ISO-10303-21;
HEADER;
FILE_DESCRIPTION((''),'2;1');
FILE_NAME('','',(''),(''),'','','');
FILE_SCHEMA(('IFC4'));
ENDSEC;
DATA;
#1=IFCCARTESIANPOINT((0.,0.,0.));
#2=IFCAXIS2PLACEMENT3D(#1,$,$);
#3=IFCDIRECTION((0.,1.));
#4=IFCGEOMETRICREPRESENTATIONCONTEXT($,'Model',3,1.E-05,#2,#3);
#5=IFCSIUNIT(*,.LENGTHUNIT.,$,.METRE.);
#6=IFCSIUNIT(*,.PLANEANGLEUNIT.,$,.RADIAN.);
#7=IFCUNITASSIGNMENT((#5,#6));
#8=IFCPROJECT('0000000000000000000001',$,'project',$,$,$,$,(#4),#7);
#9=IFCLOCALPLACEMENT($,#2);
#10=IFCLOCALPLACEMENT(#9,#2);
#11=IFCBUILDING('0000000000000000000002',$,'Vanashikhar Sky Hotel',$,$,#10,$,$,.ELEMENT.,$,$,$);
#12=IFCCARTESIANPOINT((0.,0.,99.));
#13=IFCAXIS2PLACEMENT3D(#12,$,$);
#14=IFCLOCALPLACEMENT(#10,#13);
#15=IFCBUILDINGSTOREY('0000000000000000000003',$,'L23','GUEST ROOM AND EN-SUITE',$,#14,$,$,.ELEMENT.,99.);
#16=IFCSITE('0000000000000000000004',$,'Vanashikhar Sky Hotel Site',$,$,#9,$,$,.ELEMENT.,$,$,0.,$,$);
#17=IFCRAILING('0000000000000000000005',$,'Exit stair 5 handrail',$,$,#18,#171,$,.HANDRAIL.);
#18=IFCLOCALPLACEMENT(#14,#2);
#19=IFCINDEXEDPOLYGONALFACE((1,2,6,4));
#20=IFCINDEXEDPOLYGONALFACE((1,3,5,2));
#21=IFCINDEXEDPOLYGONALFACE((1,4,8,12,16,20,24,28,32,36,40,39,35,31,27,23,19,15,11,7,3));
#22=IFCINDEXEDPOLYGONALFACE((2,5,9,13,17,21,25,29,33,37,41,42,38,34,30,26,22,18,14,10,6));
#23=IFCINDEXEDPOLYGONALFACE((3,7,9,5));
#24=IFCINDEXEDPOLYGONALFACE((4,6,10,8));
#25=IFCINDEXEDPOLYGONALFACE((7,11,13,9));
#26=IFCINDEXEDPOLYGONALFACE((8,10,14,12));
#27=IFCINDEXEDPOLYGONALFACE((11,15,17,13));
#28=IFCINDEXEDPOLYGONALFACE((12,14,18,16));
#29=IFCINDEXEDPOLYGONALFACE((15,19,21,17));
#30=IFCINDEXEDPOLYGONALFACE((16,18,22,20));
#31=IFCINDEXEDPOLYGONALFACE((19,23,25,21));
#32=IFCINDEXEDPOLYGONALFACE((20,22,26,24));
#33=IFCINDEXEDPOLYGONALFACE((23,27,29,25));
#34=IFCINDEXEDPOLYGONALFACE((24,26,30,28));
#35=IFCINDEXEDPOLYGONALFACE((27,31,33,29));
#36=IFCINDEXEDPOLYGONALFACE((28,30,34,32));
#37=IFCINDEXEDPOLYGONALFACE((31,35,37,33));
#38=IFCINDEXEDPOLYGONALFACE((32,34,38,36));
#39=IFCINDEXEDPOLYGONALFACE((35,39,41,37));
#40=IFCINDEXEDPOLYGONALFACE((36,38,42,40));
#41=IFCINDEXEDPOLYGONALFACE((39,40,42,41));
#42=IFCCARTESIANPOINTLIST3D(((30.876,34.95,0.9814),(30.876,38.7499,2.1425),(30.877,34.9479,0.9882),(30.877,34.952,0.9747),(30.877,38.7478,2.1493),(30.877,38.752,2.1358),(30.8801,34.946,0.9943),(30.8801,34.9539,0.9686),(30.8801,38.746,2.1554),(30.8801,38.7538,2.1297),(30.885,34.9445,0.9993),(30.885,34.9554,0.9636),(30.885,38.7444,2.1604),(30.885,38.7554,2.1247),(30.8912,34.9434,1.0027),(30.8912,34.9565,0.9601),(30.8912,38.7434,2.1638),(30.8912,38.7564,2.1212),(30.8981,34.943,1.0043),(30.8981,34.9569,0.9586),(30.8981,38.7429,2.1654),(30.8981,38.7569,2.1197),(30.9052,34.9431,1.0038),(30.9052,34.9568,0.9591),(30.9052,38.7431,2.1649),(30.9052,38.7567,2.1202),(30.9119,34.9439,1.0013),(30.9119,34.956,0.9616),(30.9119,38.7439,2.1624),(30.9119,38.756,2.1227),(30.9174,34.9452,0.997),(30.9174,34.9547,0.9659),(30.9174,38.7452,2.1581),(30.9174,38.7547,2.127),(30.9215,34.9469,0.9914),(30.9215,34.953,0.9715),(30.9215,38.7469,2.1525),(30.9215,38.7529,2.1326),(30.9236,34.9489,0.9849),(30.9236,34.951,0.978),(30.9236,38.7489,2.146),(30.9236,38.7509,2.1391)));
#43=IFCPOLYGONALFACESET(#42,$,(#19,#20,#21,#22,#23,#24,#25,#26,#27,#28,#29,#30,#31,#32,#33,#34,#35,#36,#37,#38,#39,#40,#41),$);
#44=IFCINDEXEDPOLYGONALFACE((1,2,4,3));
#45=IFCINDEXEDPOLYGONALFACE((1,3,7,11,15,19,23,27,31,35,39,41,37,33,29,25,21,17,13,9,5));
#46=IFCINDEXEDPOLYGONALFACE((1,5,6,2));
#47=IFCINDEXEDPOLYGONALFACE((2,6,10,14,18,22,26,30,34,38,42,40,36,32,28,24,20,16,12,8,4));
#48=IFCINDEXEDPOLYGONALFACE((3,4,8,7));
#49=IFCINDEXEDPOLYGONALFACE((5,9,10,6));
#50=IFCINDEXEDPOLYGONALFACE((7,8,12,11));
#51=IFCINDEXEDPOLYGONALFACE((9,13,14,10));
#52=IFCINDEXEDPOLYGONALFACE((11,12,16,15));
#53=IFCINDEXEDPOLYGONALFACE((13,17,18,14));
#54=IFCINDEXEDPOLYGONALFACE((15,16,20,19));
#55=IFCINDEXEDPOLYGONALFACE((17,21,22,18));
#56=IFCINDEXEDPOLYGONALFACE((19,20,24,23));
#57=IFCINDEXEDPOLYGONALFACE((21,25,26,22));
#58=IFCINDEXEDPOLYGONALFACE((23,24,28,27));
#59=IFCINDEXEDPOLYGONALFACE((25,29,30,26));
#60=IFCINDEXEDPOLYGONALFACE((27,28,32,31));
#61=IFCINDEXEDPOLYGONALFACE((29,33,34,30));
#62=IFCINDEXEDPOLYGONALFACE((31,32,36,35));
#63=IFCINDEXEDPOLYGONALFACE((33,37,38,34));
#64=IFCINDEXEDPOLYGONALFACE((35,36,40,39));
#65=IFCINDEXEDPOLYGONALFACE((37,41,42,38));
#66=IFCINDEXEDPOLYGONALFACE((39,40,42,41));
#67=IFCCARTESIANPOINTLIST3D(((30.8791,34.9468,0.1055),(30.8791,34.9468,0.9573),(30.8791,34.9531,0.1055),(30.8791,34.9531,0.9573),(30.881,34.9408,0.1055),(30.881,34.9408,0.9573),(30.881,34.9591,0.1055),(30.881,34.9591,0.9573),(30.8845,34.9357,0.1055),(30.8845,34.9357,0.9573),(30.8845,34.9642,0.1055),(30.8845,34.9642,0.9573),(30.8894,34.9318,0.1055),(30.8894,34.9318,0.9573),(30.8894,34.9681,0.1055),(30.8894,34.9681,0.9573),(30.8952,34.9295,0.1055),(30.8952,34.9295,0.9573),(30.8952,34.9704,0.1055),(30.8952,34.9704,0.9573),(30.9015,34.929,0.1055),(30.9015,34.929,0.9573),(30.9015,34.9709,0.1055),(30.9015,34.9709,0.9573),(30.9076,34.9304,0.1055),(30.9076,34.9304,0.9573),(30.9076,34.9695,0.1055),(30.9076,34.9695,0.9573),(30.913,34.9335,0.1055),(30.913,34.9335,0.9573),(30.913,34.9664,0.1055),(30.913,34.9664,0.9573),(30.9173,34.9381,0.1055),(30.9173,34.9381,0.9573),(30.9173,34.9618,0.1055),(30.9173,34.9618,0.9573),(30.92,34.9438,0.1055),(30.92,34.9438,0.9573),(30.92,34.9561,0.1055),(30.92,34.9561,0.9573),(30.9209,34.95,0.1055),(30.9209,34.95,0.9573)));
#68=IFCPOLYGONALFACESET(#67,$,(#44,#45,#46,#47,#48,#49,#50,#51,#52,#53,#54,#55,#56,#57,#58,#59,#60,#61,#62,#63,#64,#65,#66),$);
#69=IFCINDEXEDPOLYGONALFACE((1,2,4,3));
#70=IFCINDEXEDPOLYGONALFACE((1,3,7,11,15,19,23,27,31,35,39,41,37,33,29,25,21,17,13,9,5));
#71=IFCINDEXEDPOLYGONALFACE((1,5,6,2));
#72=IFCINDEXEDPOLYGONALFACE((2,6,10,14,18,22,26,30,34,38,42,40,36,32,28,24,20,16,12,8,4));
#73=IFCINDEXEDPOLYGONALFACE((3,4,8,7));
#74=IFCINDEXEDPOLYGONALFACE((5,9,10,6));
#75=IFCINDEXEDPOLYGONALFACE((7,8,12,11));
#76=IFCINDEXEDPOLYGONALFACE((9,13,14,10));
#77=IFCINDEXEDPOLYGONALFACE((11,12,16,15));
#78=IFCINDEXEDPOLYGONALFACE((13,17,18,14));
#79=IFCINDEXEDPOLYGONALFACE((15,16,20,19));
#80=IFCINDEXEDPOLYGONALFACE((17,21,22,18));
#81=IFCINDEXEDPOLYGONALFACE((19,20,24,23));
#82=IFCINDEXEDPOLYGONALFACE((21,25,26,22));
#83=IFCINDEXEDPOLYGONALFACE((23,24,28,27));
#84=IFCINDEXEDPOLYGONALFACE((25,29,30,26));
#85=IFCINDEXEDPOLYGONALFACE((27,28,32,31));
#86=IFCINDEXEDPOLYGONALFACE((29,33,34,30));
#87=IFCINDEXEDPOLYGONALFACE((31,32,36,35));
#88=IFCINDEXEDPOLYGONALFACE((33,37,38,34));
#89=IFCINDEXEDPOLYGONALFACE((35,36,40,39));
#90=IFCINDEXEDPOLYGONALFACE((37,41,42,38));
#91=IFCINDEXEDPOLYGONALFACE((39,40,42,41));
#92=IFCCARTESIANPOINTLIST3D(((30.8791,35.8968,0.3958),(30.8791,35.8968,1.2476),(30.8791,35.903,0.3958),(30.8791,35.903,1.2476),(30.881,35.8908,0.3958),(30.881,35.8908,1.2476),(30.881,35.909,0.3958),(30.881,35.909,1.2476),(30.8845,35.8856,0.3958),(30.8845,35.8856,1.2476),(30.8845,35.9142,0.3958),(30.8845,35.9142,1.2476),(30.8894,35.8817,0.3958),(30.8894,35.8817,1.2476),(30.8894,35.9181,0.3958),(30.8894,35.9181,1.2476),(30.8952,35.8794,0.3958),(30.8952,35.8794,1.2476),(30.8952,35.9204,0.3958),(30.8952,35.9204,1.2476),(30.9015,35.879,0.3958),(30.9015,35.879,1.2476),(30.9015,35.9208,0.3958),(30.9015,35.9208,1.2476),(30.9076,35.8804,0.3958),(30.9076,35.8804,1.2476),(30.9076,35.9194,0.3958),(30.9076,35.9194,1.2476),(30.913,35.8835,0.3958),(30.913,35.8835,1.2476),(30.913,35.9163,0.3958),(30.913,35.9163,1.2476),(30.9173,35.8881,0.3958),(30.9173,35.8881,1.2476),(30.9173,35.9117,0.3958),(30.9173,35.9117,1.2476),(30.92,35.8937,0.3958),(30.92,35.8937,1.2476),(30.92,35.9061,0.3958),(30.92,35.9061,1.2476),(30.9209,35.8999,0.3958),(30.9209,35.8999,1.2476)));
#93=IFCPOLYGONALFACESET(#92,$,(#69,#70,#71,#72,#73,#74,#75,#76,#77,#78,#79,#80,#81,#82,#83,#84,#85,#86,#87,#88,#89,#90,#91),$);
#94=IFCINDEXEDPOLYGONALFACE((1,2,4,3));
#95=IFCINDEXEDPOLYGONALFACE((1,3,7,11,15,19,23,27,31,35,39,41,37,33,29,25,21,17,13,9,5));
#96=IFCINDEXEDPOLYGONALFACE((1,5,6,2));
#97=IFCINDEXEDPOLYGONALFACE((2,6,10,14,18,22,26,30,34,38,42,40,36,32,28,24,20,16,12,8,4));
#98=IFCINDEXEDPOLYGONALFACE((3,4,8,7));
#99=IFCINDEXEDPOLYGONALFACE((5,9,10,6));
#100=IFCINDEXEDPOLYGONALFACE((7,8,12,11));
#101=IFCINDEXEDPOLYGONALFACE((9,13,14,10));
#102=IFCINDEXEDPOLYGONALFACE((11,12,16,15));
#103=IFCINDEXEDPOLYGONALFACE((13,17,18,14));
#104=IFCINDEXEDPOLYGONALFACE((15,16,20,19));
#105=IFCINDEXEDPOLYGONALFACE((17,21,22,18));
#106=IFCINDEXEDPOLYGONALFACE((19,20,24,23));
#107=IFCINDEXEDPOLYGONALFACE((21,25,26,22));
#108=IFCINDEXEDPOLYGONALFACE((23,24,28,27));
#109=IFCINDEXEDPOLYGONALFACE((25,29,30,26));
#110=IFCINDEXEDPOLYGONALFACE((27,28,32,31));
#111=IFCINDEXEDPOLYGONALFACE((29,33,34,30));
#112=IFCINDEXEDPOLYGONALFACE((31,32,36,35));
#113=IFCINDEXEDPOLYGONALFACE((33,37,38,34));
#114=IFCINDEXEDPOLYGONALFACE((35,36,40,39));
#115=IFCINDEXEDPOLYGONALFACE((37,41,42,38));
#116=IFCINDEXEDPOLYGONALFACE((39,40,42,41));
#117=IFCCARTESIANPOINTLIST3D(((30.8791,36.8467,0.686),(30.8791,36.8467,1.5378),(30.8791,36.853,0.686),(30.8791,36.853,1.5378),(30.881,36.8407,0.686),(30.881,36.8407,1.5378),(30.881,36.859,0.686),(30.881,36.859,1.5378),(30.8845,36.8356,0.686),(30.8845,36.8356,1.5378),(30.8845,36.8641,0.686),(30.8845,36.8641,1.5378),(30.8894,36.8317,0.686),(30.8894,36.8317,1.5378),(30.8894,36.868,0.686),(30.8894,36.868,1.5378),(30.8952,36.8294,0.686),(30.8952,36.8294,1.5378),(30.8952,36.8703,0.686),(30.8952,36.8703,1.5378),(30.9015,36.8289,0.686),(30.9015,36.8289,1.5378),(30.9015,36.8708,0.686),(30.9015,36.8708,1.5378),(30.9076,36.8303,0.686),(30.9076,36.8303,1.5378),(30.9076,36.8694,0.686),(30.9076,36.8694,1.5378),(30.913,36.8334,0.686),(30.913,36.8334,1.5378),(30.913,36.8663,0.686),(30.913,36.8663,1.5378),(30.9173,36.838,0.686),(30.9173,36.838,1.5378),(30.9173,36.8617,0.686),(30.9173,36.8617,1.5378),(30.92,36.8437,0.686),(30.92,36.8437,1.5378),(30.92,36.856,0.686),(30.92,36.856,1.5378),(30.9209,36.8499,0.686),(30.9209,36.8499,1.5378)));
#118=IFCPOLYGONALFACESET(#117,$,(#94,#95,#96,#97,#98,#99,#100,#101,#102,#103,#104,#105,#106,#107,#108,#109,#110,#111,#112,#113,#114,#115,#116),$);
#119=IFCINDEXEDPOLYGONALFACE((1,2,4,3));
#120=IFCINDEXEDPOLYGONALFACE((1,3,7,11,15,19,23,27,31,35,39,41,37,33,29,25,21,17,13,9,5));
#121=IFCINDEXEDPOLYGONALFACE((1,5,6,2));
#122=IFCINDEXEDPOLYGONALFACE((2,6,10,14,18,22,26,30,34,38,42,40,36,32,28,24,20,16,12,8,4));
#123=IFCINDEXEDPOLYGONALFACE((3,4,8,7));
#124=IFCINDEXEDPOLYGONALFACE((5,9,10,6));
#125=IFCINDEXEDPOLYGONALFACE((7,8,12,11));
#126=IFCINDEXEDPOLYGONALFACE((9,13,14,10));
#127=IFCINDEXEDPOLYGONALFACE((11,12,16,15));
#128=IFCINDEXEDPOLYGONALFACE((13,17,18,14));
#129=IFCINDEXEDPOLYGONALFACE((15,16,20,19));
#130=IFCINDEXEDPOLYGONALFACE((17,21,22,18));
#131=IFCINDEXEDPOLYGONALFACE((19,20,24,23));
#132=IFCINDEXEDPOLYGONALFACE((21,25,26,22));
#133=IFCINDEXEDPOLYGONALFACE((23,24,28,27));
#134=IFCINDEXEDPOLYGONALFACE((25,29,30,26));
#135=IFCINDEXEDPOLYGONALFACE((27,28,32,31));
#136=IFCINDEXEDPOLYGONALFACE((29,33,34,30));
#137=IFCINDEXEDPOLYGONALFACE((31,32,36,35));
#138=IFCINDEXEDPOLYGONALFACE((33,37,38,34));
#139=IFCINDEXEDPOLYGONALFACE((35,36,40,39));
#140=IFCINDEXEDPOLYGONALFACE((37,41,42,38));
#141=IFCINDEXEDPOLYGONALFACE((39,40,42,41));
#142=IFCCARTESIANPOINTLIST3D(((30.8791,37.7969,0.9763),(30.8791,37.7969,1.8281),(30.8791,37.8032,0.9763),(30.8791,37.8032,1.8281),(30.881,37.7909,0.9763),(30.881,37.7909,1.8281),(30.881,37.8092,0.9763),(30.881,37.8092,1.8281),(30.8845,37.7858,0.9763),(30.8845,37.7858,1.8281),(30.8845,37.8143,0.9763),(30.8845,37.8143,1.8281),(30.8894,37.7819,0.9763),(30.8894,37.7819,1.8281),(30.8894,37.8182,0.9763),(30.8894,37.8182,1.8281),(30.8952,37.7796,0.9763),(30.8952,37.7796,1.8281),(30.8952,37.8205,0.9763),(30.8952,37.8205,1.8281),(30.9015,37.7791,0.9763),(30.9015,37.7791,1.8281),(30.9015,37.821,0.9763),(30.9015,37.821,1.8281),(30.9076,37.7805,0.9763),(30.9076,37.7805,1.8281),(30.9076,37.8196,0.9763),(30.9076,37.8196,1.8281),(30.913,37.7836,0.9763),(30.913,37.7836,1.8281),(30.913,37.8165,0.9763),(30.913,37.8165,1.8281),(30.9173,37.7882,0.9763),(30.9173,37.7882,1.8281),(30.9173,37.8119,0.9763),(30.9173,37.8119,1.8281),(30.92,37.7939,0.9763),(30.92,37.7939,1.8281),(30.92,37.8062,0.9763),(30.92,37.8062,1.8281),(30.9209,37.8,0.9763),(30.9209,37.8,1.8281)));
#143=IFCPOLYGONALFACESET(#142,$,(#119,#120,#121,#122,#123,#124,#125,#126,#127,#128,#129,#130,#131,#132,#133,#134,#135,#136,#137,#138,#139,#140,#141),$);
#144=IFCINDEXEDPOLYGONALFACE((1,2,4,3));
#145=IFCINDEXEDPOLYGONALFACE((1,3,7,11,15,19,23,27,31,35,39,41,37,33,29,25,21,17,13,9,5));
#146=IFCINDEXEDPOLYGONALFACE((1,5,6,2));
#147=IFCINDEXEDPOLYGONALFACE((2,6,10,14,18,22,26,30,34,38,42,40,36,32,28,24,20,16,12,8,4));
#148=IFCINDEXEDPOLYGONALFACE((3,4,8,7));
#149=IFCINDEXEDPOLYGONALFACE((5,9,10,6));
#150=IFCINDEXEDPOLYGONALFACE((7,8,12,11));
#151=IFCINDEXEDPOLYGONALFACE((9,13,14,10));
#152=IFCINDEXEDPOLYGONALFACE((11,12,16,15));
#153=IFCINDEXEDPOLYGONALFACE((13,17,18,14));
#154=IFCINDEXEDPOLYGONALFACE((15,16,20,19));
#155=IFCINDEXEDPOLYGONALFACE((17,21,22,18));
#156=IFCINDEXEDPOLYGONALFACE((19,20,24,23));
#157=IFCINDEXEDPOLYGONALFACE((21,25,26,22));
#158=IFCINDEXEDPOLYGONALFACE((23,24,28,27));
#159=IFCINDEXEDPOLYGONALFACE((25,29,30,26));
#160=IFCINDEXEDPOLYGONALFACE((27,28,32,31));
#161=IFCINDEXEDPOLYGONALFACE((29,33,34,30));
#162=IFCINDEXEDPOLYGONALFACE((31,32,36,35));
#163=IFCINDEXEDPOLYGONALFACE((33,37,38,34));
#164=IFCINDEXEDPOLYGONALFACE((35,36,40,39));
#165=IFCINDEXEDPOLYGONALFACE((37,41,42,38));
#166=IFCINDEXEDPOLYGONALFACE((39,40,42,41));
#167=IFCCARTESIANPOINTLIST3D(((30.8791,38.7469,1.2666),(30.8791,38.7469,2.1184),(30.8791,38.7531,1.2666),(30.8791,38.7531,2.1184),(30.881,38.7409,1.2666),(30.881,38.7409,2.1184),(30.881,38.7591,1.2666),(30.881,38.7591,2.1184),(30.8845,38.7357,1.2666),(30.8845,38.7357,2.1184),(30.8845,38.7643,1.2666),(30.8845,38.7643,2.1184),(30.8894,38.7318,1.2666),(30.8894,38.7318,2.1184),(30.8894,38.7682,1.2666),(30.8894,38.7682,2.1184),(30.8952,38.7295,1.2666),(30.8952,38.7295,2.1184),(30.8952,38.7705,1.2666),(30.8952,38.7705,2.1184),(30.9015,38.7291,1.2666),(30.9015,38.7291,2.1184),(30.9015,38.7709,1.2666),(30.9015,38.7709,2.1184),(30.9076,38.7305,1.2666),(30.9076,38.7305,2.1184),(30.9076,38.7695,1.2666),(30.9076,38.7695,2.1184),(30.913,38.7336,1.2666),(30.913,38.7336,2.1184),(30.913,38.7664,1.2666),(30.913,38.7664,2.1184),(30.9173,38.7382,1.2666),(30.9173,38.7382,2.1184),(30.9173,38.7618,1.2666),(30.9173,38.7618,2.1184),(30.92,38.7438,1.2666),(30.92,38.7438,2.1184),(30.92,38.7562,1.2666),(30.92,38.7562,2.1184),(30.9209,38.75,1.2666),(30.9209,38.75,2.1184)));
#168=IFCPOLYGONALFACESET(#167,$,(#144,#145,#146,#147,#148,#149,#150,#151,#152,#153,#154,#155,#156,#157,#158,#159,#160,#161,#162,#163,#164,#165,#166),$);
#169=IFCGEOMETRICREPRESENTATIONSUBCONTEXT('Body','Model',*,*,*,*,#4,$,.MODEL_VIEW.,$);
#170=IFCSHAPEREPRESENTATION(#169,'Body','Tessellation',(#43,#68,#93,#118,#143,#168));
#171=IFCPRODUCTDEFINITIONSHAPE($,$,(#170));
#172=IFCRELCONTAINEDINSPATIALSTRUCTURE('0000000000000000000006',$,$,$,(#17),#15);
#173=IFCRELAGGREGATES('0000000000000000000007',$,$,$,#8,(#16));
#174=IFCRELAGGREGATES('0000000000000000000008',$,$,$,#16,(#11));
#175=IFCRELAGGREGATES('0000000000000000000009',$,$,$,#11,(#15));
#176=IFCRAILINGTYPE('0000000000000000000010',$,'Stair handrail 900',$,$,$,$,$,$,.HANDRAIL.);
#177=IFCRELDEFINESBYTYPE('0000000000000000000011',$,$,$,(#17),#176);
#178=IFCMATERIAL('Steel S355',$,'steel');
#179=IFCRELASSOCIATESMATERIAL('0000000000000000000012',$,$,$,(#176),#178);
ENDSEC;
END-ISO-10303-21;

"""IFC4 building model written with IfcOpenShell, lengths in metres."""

from ifc_helpers import new_model, si_unit, direction, frame, origin, origin_2d, place, context, subcontext, project, spatial, circle, extrude, source, transform, mapped, material, type_object, element, save


model = new_model("IFC4")

# Units and contexts
model_context = context("Model", 3, precision=1e-05, world=origin(), true_north=direction((0.0, 1.0)))
body_context = subcontext(model_context, "Body", "Model", "MODEL_VIEW")
ifc_project = project(units=[si_unit("LENGTHUNIT", "METRE"), si_unit("PLANEANGLEUNIT", "RADIAN")], contexts=[model_context])

# Site, building, storey
site_placement = place(None, origin())
site = spatial("IfcSite", under=ifc_project, at=site_placement, Name="Vanashikhar Sky Hotel Site", CompositionType="ELEMENT", RefElevation=0.0)
building_placement = place(site_placement, origin())
building = spatial("IfcBuilding", under=site, at=building_placement, Name="Vanashikhar Sky Hotel", CompositionType="ELEMENT")
storey_placement = place(building_placement, frame((0.0, 0.0, 99.0)))
storey = spatial("IfcBuildingStorey", under=building, at=storey_placement, Name="L23", Description="GUEST ROOM AND EN-SUITE", CompositionType="ELEMENT", Elevation=99.0)

# Railing
ifc_material_1 = material(Name="Steel S355", Category="steel")
railing_type = type_object("IfcRailingType", Name="Stair handrail 900", PredefinedType="HANDRAIL", material=ifc_material_1)
shared_shape_1 = source(origin(), body_context, "Body", "SweptSolid", [
    extrude(circle(Radius=0.0239, at=origin_2d()), frame((0.0, 0.0, 0.876), z_axis=(0.0, 0.956351, 0.29222), x_axis=(-1.0, 0.0, 0.0)), (0.0, 0.0, 1.0), 3.9734),
    extrude(circle(Radius=0.021, at=origin_2d()), origin(), (0.0, 0.0, 1.0), 0.8518),
    extrude(circle(Radius=0.021, at=origin_2d()), frame((0.0, 0.95, 0.2903)), (0.0, 0.0, 1.0), 0.8518),
    extrude(circle(Radius=0.021, at=origin_2d()), frame((0.0, 1.8999, 0.5806)), (0.0, 0.0, 1.0), 0.8518),
    extrude(circle(Radius=0.021, at=origin_2d()), frame((0.0, 2.8501, 0.8708)), (0.0, 0.0, 1.0), 0.8518),
    extrude(circle(Radius=0.021, at=origin_2d()), frame((0.0, 3.8, 1.1611)), (0.0, 0.0, 1.0), 0.8518),
])
for number, where, name in (
    (1, (30.8999, 34.95, 0.1055), "Exit stair 5 handrail"),
):
    element("IfcRailing", number, at=place(storey_placement, frame(where)), inside=storey, type_object=railing_type, Name=name, PredefinedType="HANDRAIL", context=body_context, shape_type="MappedRepresentation", body=[
        mapped(shared_shape_1, transform((0.0, 0.0, 0.0), scale=1.0)),
    ])

save(model, "model.ifc")
